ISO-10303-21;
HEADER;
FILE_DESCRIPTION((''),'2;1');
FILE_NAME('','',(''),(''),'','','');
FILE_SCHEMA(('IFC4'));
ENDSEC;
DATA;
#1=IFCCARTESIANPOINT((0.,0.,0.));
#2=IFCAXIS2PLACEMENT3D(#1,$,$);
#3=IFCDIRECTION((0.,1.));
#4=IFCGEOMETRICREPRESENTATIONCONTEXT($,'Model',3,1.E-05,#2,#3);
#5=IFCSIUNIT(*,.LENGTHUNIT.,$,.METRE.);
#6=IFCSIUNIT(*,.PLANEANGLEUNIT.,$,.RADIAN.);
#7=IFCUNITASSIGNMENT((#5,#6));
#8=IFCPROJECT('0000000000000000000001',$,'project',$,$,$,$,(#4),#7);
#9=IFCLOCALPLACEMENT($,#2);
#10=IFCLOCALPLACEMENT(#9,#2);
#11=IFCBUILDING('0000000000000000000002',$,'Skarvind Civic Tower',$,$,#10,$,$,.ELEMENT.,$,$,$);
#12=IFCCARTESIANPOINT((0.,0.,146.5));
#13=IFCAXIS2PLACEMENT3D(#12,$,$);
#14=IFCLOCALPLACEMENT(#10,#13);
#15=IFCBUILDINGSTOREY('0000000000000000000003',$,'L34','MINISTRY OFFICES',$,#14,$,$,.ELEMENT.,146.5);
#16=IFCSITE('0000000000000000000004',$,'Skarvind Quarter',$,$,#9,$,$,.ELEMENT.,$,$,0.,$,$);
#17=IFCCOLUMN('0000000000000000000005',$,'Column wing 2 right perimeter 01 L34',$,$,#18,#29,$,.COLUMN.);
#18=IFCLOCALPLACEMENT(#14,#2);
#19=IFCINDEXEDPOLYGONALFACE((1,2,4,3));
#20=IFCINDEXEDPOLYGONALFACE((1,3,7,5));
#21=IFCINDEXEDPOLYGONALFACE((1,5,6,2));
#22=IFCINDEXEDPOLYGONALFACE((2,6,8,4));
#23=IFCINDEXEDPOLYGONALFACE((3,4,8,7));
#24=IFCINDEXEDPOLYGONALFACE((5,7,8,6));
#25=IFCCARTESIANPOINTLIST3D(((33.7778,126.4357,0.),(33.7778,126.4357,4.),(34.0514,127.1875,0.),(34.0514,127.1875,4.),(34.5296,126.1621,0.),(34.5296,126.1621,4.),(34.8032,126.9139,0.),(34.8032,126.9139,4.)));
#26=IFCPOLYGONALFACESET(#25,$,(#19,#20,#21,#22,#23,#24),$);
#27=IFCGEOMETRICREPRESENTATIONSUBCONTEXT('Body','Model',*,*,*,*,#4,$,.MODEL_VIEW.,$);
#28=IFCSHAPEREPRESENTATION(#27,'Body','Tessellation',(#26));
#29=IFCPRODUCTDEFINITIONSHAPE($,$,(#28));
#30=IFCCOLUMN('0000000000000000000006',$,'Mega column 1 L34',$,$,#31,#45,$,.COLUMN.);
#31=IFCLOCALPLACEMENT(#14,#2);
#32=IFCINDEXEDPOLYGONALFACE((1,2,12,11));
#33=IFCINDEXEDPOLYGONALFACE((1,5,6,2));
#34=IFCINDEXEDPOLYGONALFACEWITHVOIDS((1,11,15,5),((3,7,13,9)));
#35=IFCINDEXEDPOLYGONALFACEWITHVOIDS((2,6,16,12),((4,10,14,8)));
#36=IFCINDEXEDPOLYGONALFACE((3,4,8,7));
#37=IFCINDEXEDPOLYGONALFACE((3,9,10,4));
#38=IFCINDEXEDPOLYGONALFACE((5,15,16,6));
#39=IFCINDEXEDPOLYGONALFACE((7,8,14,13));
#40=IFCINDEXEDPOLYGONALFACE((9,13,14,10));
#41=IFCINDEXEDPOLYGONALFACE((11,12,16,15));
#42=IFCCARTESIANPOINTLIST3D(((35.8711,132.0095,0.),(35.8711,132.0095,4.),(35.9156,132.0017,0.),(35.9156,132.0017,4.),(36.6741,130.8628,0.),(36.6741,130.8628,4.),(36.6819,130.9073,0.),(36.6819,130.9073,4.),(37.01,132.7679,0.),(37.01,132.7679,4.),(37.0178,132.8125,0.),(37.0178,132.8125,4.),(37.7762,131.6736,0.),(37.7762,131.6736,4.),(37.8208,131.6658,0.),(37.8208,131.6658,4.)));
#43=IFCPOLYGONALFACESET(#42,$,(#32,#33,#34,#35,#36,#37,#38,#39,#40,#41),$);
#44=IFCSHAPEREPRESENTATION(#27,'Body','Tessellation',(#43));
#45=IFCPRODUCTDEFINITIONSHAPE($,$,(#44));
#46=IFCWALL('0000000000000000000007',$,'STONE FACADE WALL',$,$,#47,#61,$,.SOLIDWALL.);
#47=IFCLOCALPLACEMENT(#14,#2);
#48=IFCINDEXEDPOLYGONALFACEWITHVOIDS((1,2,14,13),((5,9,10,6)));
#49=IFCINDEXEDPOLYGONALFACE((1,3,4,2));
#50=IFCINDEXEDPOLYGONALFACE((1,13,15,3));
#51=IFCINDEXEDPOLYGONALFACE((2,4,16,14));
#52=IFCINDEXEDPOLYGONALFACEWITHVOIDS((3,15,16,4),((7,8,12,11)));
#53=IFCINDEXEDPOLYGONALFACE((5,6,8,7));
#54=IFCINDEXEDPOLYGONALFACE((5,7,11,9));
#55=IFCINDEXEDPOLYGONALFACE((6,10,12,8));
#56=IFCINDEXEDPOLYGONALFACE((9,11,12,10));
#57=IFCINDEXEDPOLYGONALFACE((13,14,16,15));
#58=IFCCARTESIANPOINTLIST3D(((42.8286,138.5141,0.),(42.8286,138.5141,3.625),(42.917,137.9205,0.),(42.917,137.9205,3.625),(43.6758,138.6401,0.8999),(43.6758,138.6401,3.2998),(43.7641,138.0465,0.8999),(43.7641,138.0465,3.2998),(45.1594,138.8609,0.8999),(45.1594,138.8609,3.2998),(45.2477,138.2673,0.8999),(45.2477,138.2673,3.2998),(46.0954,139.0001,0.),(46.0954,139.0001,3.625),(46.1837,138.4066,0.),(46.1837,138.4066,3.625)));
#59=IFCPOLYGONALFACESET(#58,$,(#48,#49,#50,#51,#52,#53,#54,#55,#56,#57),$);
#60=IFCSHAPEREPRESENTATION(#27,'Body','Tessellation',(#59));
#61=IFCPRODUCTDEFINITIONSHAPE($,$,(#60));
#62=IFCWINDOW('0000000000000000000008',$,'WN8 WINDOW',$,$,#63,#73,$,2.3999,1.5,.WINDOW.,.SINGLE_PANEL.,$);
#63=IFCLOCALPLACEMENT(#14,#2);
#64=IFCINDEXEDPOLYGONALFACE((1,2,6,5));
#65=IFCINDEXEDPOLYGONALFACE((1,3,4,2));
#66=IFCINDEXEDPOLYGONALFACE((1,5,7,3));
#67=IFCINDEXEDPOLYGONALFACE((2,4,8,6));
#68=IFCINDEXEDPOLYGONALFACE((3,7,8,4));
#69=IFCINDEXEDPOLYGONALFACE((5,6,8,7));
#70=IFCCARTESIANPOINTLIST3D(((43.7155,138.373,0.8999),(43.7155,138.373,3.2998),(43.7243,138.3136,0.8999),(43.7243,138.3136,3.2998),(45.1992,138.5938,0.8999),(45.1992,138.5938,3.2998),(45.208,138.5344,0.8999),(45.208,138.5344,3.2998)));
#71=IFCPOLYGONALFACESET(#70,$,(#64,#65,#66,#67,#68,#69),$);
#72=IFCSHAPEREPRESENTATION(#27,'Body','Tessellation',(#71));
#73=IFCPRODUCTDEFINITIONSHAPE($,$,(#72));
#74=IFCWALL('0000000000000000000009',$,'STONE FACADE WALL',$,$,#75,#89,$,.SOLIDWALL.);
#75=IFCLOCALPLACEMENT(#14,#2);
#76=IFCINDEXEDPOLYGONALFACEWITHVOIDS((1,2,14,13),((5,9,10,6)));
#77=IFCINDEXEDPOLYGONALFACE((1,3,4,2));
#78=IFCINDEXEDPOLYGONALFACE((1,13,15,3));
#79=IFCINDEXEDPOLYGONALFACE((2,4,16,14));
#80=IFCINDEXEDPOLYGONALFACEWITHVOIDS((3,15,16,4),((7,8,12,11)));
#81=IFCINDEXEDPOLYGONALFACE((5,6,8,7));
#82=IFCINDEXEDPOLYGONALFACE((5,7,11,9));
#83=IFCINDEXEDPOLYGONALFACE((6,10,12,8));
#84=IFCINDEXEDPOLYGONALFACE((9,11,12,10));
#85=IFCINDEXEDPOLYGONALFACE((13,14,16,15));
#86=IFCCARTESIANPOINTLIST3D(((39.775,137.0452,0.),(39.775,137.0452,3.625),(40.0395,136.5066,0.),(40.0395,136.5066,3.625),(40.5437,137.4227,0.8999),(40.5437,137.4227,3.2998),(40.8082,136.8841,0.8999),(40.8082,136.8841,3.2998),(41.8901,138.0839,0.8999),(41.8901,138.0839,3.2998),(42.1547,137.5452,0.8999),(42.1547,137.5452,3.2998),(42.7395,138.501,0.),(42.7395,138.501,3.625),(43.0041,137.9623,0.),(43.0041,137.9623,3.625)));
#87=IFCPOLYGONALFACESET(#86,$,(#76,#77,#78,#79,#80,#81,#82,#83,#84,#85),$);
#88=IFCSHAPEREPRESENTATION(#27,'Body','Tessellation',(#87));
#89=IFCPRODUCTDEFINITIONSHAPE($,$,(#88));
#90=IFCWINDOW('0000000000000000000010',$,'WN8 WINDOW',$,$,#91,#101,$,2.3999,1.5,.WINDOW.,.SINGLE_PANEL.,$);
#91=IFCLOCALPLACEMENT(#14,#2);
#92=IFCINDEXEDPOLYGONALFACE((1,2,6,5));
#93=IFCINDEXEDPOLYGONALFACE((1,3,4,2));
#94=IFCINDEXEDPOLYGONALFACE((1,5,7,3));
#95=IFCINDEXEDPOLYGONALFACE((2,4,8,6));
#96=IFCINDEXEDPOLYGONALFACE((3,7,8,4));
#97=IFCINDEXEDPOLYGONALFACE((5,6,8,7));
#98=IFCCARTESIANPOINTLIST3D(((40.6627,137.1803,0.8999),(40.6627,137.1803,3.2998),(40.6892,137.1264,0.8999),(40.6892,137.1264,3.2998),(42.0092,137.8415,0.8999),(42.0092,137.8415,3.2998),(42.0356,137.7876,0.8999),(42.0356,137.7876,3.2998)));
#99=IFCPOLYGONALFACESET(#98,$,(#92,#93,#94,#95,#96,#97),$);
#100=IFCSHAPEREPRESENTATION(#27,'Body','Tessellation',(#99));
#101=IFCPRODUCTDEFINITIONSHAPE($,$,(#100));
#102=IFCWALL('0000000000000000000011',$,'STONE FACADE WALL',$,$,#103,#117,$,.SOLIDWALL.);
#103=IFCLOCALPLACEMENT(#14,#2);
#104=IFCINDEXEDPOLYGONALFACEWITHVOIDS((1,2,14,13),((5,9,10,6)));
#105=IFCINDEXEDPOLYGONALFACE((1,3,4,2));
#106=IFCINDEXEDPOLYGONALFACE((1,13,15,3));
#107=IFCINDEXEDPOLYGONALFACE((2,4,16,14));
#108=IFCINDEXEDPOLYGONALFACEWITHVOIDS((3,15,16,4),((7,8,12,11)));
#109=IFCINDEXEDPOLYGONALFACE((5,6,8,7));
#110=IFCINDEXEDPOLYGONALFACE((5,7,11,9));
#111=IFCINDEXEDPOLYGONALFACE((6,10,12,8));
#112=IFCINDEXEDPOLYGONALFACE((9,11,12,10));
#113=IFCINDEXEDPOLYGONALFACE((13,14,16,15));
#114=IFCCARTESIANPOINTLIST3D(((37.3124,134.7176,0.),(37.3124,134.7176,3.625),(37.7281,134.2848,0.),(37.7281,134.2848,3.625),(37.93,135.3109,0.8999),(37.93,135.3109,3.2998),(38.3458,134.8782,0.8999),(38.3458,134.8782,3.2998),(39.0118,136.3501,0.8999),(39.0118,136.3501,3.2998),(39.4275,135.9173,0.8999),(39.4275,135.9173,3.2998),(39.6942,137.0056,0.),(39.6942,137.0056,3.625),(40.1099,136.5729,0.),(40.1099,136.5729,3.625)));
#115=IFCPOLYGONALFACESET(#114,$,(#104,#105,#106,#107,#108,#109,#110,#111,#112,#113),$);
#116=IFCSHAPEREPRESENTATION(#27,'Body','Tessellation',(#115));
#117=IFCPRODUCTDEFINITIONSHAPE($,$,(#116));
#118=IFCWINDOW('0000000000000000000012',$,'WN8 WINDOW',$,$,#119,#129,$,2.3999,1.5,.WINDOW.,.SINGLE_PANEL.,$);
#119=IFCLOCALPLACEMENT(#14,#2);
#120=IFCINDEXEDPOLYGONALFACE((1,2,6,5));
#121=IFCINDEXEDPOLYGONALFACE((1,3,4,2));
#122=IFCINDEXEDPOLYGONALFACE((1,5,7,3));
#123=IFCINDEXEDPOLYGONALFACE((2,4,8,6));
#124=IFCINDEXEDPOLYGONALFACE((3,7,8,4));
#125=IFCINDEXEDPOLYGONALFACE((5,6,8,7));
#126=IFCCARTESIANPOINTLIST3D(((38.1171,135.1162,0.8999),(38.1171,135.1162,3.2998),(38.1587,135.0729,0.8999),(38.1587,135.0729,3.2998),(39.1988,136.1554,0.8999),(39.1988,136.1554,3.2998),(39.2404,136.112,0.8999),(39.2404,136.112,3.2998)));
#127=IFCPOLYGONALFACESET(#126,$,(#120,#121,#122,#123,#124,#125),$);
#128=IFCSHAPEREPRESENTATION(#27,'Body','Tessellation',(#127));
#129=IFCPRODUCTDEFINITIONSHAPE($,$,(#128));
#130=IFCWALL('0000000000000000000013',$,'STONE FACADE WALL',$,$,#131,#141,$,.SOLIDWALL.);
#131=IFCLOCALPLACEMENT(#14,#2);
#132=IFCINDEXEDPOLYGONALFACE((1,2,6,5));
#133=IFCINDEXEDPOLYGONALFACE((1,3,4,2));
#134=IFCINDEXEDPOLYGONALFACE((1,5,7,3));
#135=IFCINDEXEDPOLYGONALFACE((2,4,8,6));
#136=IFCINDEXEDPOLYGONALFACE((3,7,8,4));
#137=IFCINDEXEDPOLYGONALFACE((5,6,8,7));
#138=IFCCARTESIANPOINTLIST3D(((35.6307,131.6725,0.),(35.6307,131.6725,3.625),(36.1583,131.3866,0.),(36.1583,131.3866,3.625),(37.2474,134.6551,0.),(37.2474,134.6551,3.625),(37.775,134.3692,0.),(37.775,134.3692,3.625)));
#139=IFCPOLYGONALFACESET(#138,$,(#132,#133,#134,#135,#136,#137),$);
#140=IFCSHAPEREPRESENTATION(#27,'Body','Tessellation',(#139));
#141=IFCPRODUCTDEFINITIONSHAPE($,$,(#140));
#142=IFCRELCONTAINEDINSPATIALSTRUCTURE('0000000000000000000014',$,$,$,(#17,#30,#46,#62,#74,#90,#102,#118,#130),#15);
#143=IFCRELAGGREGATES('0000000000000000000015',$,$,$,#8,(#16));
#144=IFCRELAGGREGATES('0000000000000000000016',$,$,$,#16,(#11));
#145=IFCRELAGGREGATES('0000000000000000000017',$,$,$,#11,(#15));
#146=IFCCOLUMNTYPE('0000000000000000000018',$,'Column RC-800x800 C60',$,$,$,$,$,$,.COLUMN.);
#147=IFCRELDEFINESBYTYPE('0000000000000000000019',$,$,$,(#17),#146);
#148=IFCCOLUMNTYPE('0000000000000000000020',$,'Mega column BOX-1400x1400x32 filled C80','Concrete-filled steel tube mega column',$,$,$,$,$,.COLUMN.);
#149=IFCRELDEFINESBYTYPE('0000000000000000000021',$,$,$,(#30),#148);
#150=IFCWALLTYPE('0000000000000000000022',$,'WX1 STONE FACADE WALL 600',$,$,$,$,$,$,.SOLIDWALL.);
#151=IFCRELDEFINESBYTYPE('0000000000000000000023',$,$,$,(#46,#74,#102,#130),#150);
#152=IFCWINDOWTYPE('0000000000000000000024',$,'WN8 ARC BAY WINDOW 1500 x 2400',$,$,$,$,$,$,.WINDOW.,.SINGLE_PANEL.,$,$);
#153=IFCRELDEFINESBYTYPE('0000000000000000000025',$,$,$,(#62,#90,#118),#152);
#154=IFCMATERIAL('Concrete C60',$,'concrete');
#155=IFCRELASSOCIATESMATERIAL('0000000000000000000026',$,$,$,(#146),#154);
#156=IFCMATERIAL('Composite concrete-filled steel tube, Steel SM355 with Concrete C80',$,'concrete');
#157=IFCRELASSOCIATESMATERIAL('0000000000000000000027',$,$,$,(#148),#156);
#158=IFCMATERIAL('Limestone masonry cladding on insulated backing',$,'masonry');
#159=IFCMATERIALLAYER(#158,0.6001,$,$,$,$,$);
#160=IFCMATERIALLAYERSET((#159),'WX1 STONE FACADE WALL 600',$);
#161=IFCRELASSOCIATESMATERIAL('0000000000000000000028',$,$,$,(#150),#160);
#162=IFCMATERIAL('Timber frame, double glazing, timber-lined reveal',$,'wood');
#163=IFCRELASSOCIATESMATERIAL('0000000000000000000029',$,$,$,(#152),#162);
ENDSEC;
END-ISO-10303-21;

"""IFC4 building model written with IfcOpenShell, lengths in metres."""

from ifc_helpers import new_model, si_unit, direction, frame, frame_2d, origin, origin_2d, place, context, subcontext, project, spatial, rectangle, hollow_rectangle, extrude, material, layer, layer_set, material_profile, profile_set, type_object, element, fill, save


model = new_model("IFC4")

# Units and contexts
model_context = context("Model", 3, precision=1e-05, world=origin(), true_north=direction((0.0, 1.0)))
body_context = subcontext(model_context, "Body", "Model", "MODEL_VIEW")
ifc_project = project(units=[si_unit("LENGTHUNIT", "METRE"), si_unit("PLANEANGLEUNIT", "RADIAN")], contexts=[model_context])

# Site, building, storey
site_placement = place(None, origin())
site = spatial("IfcSite", under=ifc_project, at=site_placement, Name="Skarvind Quarter", CompositionType="ELEMENT", RefElevation=0.0)
building_placement = place(site_placement, origin())
building = spatial("IfcBuilding", under=site, at=building_placement, Name="Skarvind Civic Tower", CompositionType="ELEMENT")
storey_placement = place(building_placement, frame((0.0, 0.0, 146.5)))
storey = spatial("IfcBuildingStorey", under=building, at=storey_placement, Name="L34", Description="MINISTRY OFFICES", CompositionType="ELEMENT", Elevation=146.5)

# Columns
ifc_material_1 = material(Name="Concrete C60", Category="concrete")
ifc_material_profile_1 = material_profile(ifc_material_1, rectangle(XDim=0.8, YDim=0.8, at=origin_2d()), Name="RC-800x800")
ifc_profile_set_1 = profile_set([ifc_material_profile_1], Name="Concrete C60")
column_type_1 = type_object("IfcColumnType", Name="Column RC-800x800 C60", PredefinedType="COLUMN", material=ifc_profile_set_1)
column_1_placement = place(storey_placement, frame((34.2905, 126.6748, 0.0), z_axis=(0.0, 0.0, 1.0), x_axis=(-0.34202, -0.939693, 0.0)))
element("IfcColumn", 1, at=column_1_placement, inside=storey, type_object=column_type_1, Name="Column wing 2 right perimeter 01 L34", PredefinedType="COLUMN", context=body_context, shape_type="SweptSolid", body=[
    extrude(rectangle(XDim=0.8, YDim=0.8, at=origin_2d()), origin(), (0.0, 0.0, 1.0), 4.0),
])
ifc_material_2 = material(Name="Composite concrete-filled steel tube, Steel SM355 with Concrete C80", Category="concrete")
ifc_material_profile_2 = material_profile(ifc_material_2, hollow_rectangle(XDim=1.3999, YDim=1.3999, WallThickness=0.032, at=origin_2d()), Name="BOX-1400x1400x32")
ifc_profile_set_2 = profile_set([ifc_material_profile_2], Name="Composite concrete-filled steel tube, Steel SM355 with Concrete C80")
column_type_2 = type_object("IfcColumnType", Name="Mega column BOX-1400x1400x32 filled C80", Description="Concrete-filled steel tube mega column", PredefinedType="COLUMN", material=ifc_profile_set_2)
column_2_placement = place(storey_placement, frame((36.8459, 131.8376, 0.0), z_axis=(0.0, 0.0, 1.0), x_axis=(0.573576, -0.819152, 0.0)))
element("IfcColumn", 2, at=column_2_placement, inside=storey, type_object=column_type_2, Name="Mega column 1 L34", PredefinedType="COLUMN", context=body_context, shape_type="SweptSolid", body=[
    extrude(hollow_rectangle(XDim=1.3999, YDim=1.3999, WallThickness=0.032, at=origin_2d()), origin(), (0.0, 0.0, 1.0), 4.0),
])

# Shared definitions
ifc_material_3 = material(Name="Limestone masonry cladding on insulated backing", Category="masonry")
ifc_layer = layer(ifc_material_3, 0.6001)
ifc_layer_set = layer_set([ifc_layer], Name="WX1 STONE FACADE WALL 600")
wall_type = type_object("IfcWallType", Name="WX1 STONE FACADE WALL 600", PredefinedType="SOLIDWALL", material=ifc_layer_set)
ifc_material_4 = material(Name="Timber frame, double glazing, timber-lined reveal", Category="wood")

# Walls, openings, windows
wall_1_placement = place(storey_placement, frame((42.8728, 138.2173, 0.0), z_axis=(0.0, 0.0, 1.0), x_axis=(0.989111, 0.147173, 0.0)))
wall_1 = element("IfcWall", 3, at=wall_1_placement, inside=storey, type_object=wall_type, Name="STONE FACADE WALL", PredefinedType="SOLIDWALL", context=body_context, shape_type="SweptSolid", body=[
    extrude(rectangle(XDim=3.3027, YDim=0.6001, at=frame_2d((1.6514, 0.0))), origin(), (0.0, 0.0, 1.0), 3.625),
])
opening_1_placement = place(wall_1_placement, frame((0.8564, 0.0, 0.8999)))
opening_1 = element("IfcOpeningElement", 4, at=opening_1_placement, cuts=wall_1, PredefinedType="OPENING", context=body_context, shape_type="SweptSolid", body=[
    extrude(rectangle(XDim=1.5, YDim=2.3999, at=frame_2d((0.75, 1.2))), frame((0.0, 0.3101, 0.0), z_axis=(0.0, -1.0, 0.0), x_axis=(1.0, 0.0, 0.0)), (0.0, 0.0, 1.0), 0.6201),
])
window_type_1 = type_object("IfcWindowType", Name="WN8 ARC BAY WINDOW 1500 x 2400", PartitioningType="SINGLE_PANEL", PredefinedType="WINDOW", material=ifc_material_4)
window_1_placement = place(opening_1_placement, origin())
window_1 = element("IfcWindow", 5, at=window_1_placement, inside=storey, type_object=window_type_1, Name="WN8 WINDOW", OverallHeight=2.3999, OverallWidth=1.5, PartitioningType="SINGLE_PANEL", PredefinedType="WINDOW", context=body_context, shape_type="SweptSolid", body=[
    extrude(rectangle(XDim=1.5, YDim=2.3999, at=frame_2d((0.75, 1.2))), frame((0.0, 0.03, 0.0), z_axis=(0.0, -1.0, 0.0), x_axis=(1.0, 0.0, 0.0)), (0.0, 0.0, 1.0), 0.0601),
])
fill(opening_1, window_1)
wall_2_placement = place(storey_placement, frame((39.9072, 136.7759, 0.0), z_axis=(0.0, 0.0, 1.0), x_axis=(0.897612, 0.440786, 0.0)))
wall_2 = element("IfcWall", 6, at=wall_2_placement, inside=storey, type_object=wall_type, Name="STONE FACADE WALL", PredefinedType="SOLIDWALL", context=body_context, shape_type="SweptSolid", body=[
    extrude(rectangle(XDim=3.3027, YDim=0.6001, at=frame_2d((1.6514, 0.0))), origin(), (0.0, 0.0, 1.0), 3.625),
])
opening_2_placement = place(wall_2_placement, frame((0.8564, 0.0, 0.8999)))
opening_2 = element("IfcOpeningElement", 7, at=opening_2_placement, cuts=wall_2, PredefinedType="OPENING", context=body_context, shape_type="SweptSolid", body=[
    extrude(rectangle(XDim=1.5, YDim=2.3999, at=frame_2d((0.75, 1.2))), frame((0.0, 0.3101, 0.0), z_axis=(0.0, -1.0, 0.0), x_axis=(1.0, 0.0, 0.0)), (0.0, 0.0, 1.0), 0.6201),
])
window_2_placement = place(opening_2_placement, origin())
window_2 = element("IfcWindow", 8, at=window_2_placement, inside=storey, type_object=window_type_1, Name="WN8 WINDOW", OverallHeight=2.3999, OverallWidth=1.5, PartitioningType="SINGLE_PANEL", PredefinedType="WINDOW", context=body_context, shape_type="SweptSolid", body=[
    extrude(rectangle(XDim=1.5, YDim=2.3999, at=frame_2d((0.75, 1.2))), frame((0.0, 0.03, 0.0), z_axis=(0.0, -1.0, 0.0), x_axis=(1.0, 0.0, 0.0)), (0.0, 0.0, 1.0), 0.0601),
])
fill(opening_2, window_2)
wall_3_placement = place(storey_placement, frame((37.5203, 134.5012, 0.0), z_axis=(0.0, 0.0, 1.0), x_axis=(0.721157, 0.692772, 0.0)))
wall_3 = element("IfcWall", 9, at=wall_3_placement, inside=storey, type_object=wall_type, Name="STONE FACADE WALL", PredefinedType="SOLIDWALL", context=body_context, shape_type="SweptSolid", body=[
    extrude(rectangle(XDim=3.3027, YDim=0.6001, at=frame_2d((1.6514, 0.0))), origin(), (0.0, 0.0, 1.0), 3.625),
])
opening_3_placement = place(wall_3_placement, frame((0.8564, 0.0, 0.8999)))
opening_3 = element("IfcOpeningElement", 10, at=opening_3_placement, cuts=wall_3, PredefinedType="OPENING", context=body_context, shape_type="SweptSolid", body=[
    extrude(rectangle(XDim=1.5, YDim=2.3999, at=frame_2d((0.75, 1.2))), frame((0.0, 0.3101, 0.0), z_axis=(0.0, -1.0, 0.0), x_axis=(1.0, 0.0, 0.0)), (0.0, 0.0, 1.0), 0.6201),
])
window_3_placement = place(opening_3_placement, origin())
window_3 = element("IfcWindow", 11, at=window_3_placement, inside=storey, type_object=window_type_1, Name="WN8 WINDOW", OverallHeight=2.3999, OverallWidth=1.5, PartitioningType="SINGLE_PANEL", PredefinedType="WINDOW", context=body_context, shape_type="SweptSolid", body=[
    extrude(rectangle(XDim=1.5, YDim=2.3999, at=frame_2d((0.75, 1.2))), frame((0.0, 0.03, 0.0), z_axis=(0.0, -1.0, 0.0), x_axis=(1.0, 0.0, 0.0)), (0.0, 0.0, 1.0), 0.0601),
])
fill(opening_3, window_3)

# Wall
wall_4_placement = place(storey_placement, frame((35.8945, 131.5295, 0.0), z_axis=(0.0, 0.0, 1.0), x_axis=(0.476531, 0.879158, 0.0)))
element("IfcWall", 12, at=wall_4_placement, inside=storey, type_object=wall_type, Name="STONE FACADE WALL", PredefinedType="SOLIDWALL", context=body_context, shape_type="SweptSolid", body=[
    extrude(rectangle(XDim=3.3926, YDim=0.6001, at=frame_2d((1.6963, 0.0))), origin(), (0.0, 0.0, 1.0), 3.625),
])

save(model, "model.ifc")
